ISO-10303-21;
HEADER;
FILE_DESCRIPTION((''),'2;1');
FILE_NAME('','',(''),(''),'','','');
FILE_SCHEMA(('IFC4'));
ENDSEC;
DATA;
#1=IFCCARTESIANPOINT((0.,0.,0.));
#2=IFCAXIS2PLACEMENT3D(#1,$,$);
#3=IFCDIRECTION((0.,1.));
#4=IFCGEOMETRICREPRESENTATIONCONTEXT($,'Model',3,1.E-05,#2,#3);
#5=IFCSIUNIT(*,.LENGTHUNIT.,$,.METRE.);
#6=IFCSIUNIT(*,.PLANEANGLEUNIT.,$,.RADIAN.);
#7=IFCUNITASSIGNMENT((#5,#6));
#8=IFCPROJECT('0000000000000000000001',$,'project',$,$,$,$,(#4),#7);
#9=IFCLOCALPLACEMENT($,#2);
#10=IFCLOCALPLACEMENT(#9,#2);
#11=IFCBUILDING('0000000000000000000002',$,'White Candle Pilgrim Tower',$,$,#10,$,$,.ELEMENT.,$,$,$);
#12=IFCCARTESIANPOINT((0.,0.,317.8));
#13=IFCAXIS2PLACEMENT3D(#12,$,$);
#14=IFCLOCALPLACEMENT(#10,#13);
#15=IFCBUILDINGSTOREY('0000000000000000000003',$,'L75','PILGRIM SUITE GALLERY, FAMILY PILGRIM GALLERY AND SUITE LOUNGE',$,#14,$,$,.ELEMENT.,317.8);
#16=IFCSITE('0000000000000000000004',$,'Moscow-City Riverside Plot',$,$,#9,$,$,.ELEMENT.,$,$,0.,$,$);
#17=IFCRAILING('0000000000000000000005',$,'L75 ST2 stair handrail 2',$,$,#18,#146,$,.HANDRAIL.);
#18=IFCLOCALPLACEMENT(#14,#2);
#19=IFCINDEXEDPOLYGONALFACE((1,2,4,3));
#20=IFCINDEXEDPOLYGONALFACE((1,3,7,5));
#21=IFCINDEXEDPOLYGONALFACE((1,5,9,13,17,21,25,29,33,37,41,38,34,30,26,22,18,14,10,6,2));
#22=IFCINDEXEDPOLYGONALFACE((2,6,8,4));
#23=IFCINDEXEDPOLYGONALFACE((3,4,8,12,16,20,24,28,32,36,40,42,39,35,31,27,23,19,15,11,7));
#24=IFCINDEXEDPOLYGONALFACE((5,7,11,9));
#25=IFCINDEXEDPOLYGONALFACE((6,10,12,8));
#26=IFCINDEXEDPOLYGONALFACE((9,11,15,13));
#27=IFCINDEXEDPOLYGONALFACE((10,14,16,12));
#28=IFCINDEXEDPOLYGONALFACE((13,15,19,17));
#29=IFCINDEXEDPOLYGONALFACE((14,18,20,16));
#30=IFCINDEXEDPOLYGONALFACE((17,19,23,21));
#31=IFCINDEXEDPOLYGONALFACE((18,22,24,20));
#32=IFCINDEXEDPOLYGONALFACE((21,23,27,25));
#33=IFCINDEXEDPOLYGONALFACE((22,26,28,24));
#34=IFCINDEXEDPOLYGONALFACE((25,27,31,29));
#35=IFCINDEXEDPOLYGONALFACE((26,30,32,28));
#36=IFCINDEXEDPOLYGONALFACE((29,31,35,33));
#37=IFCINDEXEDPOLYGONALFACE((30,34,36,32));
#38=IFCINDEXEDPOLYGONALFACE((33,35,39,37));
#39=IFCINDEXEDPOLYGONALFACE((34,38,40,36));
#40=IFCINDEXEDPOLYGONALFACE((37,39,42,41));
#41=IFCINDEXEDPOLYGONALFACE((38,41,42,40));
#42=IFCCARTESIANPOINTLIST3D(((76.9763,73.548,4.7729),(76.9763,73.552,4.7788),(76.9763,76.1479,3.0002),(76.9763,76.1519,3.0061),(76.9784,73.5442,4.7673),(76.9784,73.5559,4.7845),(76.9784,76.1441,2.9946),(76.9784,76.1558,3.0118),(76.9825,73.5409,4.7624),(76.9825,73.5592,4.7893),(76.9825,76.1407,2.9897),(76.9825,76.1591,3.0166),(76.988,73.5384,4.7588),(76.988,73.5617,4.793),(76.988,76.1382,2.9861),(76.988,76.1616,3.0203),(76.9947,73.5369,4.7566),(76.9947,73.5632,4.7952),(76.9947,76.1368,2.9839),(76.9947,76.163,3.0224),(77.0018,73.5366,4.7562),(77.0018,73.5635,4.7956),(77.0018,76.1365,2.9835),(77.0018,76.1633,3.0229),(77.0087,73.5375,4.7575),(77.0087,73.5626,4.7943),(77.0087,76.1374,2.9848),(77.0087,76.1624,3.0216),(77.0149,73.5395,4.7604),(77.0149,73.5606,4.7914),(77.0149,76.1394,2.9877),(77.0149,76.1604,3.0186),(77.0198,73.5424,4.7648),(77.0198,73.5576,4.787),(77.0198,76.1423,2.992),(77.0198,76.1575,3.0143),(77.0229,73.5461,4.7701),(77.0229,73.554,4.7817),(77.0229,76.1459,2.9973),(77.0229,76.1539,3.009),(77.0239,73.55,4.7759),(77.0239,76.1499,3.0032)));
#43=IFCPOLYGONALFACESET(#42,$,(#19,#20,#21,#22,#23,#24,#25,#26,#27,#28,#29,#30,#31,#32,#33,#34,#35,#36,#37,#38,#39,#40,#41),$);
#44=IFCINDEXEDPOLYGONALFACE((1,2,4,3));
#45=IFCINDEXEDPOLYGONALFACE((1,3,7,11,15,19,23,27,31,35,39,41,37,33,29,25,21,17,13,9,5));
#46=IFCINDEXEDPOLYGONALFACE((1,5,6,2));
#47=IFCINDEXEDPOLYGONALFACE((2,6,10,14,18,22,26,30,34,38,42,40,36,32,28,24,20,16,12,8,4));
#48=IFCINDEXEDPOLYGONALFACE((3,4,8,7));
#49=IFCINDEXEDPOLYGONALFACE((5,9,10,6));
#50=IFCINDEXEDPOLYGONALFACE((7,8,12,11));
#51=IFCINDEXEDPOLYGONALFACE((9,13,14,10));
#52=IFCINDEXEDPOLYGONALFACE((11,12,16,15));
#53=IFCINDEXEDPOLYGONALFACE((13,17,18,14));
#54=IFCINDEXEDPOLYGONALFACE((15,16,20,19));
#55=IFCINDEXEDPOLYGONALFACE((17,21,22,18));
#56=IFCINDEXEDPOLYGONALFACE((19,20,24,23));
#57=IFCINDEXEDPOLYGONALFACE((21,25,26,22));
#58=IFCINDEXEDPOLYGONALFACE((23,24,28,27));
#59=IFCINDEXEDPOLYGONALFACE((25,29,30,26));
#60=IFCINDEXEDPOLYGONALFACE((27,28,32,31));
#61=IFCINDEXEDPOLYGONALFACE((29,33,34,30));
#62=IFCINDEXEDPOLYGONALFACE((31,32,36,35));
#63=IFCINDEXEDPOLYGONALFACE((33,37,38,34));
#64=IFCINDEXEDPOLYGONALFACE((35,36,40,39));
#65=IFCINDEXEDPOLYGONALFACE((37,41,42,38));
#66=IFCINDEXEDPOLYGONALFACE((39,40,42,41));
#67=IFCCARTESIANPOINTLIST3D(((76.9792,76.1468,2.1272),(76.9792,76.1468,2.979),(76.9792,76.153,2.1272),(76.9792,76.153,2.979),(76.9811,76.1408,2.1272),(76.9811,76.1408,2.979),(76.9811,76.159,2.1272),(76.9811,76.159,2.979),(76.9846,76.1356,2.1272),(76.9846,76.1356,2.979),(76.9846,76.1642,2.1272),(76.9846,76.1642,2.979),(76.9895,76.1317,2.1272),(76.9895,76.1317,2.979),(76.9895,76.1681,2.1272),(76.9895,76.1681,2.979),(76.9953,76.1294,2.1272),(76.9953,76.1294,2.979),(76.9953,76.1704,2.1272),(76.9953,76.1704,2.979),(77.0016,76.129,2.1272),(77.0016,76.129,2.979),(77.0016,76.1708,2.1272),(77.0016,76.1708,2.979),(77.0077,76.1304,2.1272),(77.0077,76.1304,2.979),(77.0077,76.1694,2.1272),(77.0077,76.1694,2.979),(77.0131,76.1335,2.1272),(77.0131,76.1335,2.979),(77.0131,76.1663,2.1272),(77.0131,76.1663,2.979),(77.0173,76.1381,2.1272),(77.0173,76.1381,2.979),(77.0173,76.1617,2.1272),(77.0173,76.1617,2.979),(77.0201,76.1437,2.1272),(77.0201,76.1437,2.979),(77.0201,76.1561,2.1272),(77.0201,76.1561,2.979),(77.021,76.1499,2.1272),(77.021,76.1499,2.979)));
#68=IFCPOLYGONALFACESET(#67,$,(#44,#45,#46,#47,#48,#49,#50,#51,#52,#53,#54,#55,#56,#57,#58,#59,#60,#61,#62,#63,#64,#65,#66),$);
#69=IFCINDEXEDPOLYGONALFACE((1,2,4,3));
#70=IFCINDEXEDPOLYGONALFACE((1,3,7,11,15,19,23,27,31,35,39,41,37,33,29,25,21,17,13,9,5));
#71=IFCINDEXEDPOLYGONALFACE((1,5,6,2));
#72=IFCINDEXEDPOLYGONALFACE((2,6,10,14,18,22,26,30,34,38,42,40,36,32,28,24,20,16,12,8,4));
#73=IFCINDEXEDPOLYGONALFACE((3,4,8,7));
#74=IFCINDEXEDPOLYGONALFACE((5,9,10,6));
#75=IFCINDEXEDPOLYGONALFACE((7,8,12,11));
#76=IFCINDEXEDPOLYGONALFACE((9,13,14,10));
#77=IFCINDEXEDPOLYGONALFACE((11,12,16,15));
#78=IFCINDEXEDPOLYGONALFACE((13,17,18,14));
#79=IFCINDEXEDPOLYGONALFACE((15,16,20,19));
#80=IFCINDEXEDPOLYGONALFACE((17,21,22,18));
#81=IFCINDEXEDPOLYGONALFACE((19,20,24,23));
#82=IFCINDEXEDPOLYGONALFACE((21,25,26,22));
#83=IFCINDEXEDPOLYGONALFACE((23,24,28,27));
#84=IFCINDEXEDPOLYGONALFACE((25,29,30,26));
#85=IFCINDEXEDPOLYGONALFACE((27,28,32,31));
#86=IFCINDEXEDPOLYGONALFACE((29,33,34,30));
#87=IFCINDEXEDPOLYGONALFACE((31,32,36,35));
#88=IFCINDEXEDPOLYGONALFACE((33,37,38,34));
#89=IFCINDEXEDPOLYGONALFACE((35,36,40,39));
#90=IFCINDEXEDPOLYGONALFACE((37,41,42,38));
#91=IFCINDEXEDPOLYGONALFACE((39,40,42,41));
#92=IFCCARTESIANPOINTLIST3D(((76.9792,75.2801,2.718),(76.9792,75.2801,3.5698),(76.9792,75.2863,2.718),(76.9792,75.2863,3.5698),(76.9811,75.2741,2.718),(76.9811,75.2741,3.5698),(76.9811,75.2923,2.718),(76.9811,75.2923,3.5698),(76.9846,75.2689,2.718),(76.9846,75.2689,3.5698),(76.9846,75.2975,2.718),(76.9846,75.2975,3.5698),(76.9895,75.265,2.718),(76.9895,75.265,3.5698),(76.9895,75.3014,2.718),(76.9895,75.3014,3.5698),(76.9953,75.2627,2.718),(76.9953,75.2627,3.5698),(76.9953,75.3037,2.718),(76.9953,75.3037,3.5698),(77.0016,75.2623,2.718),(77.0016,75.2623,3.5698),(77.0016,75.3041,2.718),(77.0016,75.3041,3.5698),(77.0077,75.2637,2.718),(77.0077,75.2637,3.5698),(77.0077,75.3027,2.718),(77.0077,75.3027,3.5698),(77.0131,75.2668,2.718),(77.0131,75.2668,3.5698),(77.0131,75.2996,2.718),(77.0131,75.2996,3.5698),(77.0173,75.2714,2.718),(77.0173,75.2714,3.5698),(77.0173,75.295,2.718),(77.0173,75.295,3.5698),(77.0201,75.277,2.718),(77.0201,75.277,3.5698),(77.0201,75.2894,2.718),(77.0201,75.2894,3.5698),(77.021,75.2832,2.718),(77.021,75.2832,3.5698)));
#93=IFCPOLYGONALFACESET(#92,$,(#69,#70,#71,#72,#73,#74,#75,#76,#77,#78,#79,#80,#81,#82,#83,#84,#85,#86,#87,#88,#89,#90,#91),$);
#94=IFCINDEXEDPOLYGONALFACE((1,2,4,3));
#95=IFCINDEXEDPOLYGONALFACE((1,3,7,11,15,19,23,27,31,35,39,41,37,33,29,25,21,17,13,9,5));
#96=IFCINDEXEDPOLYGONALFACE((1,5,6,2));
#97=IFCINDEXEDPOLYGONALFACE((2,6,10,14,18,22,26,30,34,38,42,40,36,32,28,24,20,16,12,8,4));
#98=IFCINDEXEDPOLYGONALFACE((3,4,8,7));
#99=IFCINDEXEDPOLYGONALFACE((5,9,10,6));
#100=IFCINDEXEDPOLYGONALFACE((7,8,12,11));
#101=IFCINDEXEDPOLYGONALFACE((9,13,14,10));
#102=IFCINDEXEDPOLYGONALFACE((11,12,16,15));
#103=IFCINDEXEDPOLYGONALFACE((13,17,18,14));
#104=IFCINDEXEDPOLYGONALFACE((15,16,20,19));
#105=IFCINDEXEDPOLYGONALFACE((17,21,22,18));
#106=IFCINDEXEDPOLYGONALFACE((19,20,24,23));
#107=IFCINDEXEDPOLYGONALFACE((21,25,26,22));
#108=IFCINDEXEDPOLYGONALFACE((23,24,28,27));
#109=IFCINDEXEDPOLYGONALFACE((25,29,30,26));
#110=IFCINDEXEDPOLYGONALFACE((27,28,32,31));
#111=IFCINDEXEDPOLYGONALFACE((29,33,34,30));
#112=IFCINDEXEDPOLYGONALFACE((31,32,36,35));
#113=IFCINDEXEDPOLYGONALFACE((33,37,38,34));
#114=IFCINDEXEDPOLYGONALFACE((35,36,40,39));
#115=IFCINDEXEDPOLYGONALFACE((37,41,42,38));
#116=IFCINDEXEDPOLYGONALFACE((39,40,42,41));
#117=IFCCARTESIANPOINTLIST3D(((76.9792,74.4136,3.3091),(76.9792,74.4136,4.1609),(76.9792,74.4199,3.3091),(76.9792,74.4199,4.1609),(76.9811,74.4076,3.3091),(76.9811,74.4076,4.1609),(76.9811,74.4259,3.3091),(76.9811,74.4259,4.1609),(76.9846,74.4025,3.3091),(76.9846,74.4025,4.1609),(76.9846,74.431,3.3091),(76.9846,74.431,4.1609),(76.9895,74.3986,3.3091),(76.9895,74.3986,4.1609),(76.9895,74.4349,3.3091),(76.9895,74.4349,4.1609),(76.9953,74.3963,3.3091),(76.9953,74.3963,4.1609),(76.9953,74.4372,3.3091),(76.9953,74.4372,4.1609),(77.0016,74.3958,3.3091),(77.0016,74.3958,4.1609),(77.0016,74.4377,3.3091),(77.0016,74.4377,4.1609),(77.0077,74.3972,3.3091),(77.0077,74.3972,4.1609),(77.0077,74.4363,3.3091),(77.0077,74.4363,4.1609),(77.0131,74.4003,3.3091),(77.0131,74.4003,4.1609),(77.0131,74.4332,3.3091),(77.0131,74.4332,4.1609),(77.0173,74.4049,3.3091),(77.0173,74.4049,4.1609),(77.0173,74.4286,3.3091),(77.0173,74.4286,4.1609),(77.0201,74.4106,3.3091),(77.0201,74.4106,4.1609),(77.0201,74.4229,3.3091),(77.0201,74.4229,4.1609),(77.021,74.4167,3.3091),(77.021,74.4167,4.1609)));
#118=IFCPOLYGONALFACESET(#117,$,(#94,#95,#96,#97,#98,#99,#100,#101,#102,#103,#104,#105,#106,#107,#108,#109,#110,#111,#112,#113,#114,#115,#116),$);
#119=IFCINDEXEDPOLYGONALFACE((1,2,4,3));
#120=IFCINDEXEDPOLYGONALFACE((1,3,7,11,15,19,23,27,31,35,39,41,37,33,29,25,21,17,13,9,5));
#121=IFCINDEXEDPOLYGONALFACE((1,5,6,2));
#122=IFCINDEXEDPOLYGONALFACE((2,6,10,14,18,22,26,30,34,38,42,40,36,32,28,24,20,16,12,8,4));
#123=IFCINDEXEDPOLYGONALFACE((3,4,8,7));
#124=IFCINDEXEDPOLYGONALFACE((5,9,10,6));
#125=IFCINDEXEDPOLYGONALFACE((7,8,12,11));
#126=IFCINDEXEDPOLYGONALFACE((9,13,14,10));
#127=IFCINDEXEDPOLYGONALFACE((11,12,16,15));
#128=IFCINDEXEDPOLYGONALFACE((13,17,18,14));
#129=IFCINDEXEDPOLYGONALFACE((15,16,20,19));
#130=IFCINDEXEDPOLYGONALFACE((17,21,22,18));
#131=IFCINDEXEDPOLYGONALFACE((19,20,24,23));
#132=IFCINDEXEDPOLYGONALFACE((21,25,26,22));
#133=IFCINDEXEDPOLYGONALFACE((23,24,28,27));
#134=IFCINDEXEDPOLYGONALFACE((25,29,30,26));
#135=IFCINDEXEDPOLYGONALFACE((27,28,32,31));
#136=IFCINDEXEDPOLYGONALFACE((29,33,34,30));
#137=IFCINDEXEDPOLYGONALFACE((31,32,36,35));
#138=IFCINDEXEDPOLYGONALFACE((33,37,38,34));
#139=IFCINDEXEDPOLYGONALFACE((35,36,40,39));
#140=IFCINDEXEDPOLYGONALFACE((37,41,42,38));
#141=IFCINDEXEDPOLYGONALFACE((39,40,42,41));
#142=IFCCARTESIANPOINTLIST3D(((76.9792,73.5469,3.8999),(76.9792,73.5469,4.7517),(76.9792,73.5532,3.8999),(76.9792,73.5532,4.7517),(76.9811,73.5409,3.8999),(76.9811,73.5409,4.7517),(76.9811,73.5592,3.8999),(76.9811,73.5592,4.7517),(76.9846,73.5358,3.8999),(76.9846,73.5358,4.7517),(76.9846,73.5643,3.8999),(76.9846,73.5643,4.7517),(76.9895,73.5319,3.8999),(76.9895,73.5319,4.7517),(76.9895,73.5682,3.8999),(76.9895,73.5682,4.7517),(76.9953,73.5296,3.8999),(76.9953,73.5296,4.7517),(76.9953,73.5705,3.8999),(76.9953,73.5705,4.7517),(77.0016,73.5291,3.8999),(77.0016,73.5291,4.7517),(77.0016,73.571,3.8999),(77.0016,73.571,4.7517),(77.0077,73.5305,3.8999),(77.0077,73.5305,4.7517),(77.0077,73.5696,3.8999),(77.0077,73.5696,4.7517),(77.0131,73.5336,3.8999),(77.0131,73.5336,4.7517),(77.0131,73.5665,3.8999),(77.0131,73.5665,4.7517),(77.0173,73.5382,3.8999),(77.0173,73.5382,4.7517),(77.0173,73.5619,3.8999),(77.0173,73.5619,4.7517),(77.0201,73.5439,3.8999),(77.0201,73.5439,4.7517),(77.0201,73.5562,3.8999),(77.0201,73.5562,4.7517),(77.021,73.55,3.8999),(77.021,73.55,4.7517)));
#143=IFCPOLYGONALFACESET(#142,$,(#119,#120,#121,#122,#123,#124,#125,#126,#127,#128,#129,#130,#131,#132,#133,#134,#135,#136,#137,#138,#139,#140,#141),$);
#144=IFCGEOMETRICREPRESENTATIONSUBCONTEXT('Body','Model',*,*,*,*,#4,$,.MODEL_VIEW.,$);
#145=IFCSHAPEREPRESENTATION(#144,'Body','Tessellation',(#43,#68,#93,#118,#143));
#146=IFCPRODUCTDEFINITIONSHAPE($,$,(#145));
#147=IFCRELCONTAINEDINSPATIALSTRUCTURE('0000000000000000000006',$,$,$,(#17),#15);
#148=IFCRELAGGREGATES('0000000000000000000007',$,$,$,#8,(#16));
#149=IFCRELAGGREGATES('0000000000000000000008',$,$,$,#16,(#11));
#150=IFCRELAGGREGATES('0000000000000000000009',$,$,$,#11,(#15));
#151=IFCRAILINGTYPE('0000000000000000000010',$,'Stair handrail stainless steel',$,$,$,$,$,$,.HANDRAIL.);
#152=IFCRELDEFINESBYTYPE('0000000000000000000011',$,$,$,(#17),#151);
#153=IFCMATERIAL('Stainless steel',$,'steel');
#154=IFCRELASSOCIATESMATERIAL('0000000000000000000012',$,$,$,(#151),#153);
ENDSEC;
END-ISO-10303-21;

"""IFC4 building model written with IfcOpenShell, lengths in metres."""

from ifc_helpers import new_model, si_unit, direction, frame, origin, origin_2d, place, context, subcontext, project, spatial, circle, extrude, material, type_object, element, save


model = new_model("IFC4")

# Units and contexts
model_context = context("Model", 3, precision=1e-05, world=origin(), true_north=direction((0.0, 1.0)))
body_context = subcontext(model_context, "Body", "Model", "MODEL_VIEW")
ifc_project = project(units=[si_unit("LENGTHUNIT", "METRE"), si_unit("PLANEANGLEUNIT", "RADIAN")], contexts=[model_context])

# Site, building, storey
site_placement = place(None, origin())
site = spatial("IfcSite", under=ifc_project, at=site_placement, Name="Moscow-City Riverside Plot", CompositionType="ELEMENT", RefElevation=0.0)
building_placement = place(site_placement, origin())
building = spatial("IfcBuilding", under=site, at=building_placement, Name="White Candle Pilgrim Tower", CompositionType="ELEMENT")
storey_placement = place(building_placement, frame((0.0, 0.0, 317.8)))
storey = spatial("IfcBuildingStorey", under=building, at=storey_placement, Name="L75", Description="PILGRIM SUITE GALLERY, FAMILY PILGRIM GALLERY AND SUITE LOUNGE", CompositionType="ELEMENT", Elevation=317.8)

# Railing
ifc_material_1 = material(Name="Stainless steel", Category="steel")
railing_type_1 = type_object("IfcRailingType", Name="Stair handrail stainless steel", PredefinedType="HANDRAIL", material=ifc_material_1)
railing_1_placement = place(storey_placement, frame((77.0, 76.1499, 2.1272)))
element("IfcRailing", 1, at=railing_1_placement, inside=storey, type_object=railing_type_1, Name="L75 ST2 stair handrail 2", PredefinedType="HANDRAIL", context=body_context, shape_type="SweptSolid", body=[
    extrude(circle(Radius=0.0239, at=origin_2d()), frame((0.0, 0.0, 0.876), z_axis=(0.0, -0.826216, 0.563354), x_axis=(1.0, 0.0, 0.0)), (0.0, 0.0, 1.0), 3.1467),
    extrude(circle(Radius=0.021, at=origin_2d()), origin(), (0.0, 0.0, 1.0), 0.8518),
    extrude(circle(Radius=0.021, at=origin_2d()), frame((0.0, -0.8667, 0.5908)), (0.0, 0.0, 1.0), 0.8518),
    extrude(circle(Radius=0.021, at=origin_2d()), frame((0.0, -1.7332, 1.1819)), (0.0, 0.0, 1.0), 0.8518),
    extrude(circle(Radius=0.021, at=origin_2d()), frame((0.0, -2.5999, 1.7727)), (0.0, 0.0, 1.0), 0.8518),
])

save(model, "model.ifc")
